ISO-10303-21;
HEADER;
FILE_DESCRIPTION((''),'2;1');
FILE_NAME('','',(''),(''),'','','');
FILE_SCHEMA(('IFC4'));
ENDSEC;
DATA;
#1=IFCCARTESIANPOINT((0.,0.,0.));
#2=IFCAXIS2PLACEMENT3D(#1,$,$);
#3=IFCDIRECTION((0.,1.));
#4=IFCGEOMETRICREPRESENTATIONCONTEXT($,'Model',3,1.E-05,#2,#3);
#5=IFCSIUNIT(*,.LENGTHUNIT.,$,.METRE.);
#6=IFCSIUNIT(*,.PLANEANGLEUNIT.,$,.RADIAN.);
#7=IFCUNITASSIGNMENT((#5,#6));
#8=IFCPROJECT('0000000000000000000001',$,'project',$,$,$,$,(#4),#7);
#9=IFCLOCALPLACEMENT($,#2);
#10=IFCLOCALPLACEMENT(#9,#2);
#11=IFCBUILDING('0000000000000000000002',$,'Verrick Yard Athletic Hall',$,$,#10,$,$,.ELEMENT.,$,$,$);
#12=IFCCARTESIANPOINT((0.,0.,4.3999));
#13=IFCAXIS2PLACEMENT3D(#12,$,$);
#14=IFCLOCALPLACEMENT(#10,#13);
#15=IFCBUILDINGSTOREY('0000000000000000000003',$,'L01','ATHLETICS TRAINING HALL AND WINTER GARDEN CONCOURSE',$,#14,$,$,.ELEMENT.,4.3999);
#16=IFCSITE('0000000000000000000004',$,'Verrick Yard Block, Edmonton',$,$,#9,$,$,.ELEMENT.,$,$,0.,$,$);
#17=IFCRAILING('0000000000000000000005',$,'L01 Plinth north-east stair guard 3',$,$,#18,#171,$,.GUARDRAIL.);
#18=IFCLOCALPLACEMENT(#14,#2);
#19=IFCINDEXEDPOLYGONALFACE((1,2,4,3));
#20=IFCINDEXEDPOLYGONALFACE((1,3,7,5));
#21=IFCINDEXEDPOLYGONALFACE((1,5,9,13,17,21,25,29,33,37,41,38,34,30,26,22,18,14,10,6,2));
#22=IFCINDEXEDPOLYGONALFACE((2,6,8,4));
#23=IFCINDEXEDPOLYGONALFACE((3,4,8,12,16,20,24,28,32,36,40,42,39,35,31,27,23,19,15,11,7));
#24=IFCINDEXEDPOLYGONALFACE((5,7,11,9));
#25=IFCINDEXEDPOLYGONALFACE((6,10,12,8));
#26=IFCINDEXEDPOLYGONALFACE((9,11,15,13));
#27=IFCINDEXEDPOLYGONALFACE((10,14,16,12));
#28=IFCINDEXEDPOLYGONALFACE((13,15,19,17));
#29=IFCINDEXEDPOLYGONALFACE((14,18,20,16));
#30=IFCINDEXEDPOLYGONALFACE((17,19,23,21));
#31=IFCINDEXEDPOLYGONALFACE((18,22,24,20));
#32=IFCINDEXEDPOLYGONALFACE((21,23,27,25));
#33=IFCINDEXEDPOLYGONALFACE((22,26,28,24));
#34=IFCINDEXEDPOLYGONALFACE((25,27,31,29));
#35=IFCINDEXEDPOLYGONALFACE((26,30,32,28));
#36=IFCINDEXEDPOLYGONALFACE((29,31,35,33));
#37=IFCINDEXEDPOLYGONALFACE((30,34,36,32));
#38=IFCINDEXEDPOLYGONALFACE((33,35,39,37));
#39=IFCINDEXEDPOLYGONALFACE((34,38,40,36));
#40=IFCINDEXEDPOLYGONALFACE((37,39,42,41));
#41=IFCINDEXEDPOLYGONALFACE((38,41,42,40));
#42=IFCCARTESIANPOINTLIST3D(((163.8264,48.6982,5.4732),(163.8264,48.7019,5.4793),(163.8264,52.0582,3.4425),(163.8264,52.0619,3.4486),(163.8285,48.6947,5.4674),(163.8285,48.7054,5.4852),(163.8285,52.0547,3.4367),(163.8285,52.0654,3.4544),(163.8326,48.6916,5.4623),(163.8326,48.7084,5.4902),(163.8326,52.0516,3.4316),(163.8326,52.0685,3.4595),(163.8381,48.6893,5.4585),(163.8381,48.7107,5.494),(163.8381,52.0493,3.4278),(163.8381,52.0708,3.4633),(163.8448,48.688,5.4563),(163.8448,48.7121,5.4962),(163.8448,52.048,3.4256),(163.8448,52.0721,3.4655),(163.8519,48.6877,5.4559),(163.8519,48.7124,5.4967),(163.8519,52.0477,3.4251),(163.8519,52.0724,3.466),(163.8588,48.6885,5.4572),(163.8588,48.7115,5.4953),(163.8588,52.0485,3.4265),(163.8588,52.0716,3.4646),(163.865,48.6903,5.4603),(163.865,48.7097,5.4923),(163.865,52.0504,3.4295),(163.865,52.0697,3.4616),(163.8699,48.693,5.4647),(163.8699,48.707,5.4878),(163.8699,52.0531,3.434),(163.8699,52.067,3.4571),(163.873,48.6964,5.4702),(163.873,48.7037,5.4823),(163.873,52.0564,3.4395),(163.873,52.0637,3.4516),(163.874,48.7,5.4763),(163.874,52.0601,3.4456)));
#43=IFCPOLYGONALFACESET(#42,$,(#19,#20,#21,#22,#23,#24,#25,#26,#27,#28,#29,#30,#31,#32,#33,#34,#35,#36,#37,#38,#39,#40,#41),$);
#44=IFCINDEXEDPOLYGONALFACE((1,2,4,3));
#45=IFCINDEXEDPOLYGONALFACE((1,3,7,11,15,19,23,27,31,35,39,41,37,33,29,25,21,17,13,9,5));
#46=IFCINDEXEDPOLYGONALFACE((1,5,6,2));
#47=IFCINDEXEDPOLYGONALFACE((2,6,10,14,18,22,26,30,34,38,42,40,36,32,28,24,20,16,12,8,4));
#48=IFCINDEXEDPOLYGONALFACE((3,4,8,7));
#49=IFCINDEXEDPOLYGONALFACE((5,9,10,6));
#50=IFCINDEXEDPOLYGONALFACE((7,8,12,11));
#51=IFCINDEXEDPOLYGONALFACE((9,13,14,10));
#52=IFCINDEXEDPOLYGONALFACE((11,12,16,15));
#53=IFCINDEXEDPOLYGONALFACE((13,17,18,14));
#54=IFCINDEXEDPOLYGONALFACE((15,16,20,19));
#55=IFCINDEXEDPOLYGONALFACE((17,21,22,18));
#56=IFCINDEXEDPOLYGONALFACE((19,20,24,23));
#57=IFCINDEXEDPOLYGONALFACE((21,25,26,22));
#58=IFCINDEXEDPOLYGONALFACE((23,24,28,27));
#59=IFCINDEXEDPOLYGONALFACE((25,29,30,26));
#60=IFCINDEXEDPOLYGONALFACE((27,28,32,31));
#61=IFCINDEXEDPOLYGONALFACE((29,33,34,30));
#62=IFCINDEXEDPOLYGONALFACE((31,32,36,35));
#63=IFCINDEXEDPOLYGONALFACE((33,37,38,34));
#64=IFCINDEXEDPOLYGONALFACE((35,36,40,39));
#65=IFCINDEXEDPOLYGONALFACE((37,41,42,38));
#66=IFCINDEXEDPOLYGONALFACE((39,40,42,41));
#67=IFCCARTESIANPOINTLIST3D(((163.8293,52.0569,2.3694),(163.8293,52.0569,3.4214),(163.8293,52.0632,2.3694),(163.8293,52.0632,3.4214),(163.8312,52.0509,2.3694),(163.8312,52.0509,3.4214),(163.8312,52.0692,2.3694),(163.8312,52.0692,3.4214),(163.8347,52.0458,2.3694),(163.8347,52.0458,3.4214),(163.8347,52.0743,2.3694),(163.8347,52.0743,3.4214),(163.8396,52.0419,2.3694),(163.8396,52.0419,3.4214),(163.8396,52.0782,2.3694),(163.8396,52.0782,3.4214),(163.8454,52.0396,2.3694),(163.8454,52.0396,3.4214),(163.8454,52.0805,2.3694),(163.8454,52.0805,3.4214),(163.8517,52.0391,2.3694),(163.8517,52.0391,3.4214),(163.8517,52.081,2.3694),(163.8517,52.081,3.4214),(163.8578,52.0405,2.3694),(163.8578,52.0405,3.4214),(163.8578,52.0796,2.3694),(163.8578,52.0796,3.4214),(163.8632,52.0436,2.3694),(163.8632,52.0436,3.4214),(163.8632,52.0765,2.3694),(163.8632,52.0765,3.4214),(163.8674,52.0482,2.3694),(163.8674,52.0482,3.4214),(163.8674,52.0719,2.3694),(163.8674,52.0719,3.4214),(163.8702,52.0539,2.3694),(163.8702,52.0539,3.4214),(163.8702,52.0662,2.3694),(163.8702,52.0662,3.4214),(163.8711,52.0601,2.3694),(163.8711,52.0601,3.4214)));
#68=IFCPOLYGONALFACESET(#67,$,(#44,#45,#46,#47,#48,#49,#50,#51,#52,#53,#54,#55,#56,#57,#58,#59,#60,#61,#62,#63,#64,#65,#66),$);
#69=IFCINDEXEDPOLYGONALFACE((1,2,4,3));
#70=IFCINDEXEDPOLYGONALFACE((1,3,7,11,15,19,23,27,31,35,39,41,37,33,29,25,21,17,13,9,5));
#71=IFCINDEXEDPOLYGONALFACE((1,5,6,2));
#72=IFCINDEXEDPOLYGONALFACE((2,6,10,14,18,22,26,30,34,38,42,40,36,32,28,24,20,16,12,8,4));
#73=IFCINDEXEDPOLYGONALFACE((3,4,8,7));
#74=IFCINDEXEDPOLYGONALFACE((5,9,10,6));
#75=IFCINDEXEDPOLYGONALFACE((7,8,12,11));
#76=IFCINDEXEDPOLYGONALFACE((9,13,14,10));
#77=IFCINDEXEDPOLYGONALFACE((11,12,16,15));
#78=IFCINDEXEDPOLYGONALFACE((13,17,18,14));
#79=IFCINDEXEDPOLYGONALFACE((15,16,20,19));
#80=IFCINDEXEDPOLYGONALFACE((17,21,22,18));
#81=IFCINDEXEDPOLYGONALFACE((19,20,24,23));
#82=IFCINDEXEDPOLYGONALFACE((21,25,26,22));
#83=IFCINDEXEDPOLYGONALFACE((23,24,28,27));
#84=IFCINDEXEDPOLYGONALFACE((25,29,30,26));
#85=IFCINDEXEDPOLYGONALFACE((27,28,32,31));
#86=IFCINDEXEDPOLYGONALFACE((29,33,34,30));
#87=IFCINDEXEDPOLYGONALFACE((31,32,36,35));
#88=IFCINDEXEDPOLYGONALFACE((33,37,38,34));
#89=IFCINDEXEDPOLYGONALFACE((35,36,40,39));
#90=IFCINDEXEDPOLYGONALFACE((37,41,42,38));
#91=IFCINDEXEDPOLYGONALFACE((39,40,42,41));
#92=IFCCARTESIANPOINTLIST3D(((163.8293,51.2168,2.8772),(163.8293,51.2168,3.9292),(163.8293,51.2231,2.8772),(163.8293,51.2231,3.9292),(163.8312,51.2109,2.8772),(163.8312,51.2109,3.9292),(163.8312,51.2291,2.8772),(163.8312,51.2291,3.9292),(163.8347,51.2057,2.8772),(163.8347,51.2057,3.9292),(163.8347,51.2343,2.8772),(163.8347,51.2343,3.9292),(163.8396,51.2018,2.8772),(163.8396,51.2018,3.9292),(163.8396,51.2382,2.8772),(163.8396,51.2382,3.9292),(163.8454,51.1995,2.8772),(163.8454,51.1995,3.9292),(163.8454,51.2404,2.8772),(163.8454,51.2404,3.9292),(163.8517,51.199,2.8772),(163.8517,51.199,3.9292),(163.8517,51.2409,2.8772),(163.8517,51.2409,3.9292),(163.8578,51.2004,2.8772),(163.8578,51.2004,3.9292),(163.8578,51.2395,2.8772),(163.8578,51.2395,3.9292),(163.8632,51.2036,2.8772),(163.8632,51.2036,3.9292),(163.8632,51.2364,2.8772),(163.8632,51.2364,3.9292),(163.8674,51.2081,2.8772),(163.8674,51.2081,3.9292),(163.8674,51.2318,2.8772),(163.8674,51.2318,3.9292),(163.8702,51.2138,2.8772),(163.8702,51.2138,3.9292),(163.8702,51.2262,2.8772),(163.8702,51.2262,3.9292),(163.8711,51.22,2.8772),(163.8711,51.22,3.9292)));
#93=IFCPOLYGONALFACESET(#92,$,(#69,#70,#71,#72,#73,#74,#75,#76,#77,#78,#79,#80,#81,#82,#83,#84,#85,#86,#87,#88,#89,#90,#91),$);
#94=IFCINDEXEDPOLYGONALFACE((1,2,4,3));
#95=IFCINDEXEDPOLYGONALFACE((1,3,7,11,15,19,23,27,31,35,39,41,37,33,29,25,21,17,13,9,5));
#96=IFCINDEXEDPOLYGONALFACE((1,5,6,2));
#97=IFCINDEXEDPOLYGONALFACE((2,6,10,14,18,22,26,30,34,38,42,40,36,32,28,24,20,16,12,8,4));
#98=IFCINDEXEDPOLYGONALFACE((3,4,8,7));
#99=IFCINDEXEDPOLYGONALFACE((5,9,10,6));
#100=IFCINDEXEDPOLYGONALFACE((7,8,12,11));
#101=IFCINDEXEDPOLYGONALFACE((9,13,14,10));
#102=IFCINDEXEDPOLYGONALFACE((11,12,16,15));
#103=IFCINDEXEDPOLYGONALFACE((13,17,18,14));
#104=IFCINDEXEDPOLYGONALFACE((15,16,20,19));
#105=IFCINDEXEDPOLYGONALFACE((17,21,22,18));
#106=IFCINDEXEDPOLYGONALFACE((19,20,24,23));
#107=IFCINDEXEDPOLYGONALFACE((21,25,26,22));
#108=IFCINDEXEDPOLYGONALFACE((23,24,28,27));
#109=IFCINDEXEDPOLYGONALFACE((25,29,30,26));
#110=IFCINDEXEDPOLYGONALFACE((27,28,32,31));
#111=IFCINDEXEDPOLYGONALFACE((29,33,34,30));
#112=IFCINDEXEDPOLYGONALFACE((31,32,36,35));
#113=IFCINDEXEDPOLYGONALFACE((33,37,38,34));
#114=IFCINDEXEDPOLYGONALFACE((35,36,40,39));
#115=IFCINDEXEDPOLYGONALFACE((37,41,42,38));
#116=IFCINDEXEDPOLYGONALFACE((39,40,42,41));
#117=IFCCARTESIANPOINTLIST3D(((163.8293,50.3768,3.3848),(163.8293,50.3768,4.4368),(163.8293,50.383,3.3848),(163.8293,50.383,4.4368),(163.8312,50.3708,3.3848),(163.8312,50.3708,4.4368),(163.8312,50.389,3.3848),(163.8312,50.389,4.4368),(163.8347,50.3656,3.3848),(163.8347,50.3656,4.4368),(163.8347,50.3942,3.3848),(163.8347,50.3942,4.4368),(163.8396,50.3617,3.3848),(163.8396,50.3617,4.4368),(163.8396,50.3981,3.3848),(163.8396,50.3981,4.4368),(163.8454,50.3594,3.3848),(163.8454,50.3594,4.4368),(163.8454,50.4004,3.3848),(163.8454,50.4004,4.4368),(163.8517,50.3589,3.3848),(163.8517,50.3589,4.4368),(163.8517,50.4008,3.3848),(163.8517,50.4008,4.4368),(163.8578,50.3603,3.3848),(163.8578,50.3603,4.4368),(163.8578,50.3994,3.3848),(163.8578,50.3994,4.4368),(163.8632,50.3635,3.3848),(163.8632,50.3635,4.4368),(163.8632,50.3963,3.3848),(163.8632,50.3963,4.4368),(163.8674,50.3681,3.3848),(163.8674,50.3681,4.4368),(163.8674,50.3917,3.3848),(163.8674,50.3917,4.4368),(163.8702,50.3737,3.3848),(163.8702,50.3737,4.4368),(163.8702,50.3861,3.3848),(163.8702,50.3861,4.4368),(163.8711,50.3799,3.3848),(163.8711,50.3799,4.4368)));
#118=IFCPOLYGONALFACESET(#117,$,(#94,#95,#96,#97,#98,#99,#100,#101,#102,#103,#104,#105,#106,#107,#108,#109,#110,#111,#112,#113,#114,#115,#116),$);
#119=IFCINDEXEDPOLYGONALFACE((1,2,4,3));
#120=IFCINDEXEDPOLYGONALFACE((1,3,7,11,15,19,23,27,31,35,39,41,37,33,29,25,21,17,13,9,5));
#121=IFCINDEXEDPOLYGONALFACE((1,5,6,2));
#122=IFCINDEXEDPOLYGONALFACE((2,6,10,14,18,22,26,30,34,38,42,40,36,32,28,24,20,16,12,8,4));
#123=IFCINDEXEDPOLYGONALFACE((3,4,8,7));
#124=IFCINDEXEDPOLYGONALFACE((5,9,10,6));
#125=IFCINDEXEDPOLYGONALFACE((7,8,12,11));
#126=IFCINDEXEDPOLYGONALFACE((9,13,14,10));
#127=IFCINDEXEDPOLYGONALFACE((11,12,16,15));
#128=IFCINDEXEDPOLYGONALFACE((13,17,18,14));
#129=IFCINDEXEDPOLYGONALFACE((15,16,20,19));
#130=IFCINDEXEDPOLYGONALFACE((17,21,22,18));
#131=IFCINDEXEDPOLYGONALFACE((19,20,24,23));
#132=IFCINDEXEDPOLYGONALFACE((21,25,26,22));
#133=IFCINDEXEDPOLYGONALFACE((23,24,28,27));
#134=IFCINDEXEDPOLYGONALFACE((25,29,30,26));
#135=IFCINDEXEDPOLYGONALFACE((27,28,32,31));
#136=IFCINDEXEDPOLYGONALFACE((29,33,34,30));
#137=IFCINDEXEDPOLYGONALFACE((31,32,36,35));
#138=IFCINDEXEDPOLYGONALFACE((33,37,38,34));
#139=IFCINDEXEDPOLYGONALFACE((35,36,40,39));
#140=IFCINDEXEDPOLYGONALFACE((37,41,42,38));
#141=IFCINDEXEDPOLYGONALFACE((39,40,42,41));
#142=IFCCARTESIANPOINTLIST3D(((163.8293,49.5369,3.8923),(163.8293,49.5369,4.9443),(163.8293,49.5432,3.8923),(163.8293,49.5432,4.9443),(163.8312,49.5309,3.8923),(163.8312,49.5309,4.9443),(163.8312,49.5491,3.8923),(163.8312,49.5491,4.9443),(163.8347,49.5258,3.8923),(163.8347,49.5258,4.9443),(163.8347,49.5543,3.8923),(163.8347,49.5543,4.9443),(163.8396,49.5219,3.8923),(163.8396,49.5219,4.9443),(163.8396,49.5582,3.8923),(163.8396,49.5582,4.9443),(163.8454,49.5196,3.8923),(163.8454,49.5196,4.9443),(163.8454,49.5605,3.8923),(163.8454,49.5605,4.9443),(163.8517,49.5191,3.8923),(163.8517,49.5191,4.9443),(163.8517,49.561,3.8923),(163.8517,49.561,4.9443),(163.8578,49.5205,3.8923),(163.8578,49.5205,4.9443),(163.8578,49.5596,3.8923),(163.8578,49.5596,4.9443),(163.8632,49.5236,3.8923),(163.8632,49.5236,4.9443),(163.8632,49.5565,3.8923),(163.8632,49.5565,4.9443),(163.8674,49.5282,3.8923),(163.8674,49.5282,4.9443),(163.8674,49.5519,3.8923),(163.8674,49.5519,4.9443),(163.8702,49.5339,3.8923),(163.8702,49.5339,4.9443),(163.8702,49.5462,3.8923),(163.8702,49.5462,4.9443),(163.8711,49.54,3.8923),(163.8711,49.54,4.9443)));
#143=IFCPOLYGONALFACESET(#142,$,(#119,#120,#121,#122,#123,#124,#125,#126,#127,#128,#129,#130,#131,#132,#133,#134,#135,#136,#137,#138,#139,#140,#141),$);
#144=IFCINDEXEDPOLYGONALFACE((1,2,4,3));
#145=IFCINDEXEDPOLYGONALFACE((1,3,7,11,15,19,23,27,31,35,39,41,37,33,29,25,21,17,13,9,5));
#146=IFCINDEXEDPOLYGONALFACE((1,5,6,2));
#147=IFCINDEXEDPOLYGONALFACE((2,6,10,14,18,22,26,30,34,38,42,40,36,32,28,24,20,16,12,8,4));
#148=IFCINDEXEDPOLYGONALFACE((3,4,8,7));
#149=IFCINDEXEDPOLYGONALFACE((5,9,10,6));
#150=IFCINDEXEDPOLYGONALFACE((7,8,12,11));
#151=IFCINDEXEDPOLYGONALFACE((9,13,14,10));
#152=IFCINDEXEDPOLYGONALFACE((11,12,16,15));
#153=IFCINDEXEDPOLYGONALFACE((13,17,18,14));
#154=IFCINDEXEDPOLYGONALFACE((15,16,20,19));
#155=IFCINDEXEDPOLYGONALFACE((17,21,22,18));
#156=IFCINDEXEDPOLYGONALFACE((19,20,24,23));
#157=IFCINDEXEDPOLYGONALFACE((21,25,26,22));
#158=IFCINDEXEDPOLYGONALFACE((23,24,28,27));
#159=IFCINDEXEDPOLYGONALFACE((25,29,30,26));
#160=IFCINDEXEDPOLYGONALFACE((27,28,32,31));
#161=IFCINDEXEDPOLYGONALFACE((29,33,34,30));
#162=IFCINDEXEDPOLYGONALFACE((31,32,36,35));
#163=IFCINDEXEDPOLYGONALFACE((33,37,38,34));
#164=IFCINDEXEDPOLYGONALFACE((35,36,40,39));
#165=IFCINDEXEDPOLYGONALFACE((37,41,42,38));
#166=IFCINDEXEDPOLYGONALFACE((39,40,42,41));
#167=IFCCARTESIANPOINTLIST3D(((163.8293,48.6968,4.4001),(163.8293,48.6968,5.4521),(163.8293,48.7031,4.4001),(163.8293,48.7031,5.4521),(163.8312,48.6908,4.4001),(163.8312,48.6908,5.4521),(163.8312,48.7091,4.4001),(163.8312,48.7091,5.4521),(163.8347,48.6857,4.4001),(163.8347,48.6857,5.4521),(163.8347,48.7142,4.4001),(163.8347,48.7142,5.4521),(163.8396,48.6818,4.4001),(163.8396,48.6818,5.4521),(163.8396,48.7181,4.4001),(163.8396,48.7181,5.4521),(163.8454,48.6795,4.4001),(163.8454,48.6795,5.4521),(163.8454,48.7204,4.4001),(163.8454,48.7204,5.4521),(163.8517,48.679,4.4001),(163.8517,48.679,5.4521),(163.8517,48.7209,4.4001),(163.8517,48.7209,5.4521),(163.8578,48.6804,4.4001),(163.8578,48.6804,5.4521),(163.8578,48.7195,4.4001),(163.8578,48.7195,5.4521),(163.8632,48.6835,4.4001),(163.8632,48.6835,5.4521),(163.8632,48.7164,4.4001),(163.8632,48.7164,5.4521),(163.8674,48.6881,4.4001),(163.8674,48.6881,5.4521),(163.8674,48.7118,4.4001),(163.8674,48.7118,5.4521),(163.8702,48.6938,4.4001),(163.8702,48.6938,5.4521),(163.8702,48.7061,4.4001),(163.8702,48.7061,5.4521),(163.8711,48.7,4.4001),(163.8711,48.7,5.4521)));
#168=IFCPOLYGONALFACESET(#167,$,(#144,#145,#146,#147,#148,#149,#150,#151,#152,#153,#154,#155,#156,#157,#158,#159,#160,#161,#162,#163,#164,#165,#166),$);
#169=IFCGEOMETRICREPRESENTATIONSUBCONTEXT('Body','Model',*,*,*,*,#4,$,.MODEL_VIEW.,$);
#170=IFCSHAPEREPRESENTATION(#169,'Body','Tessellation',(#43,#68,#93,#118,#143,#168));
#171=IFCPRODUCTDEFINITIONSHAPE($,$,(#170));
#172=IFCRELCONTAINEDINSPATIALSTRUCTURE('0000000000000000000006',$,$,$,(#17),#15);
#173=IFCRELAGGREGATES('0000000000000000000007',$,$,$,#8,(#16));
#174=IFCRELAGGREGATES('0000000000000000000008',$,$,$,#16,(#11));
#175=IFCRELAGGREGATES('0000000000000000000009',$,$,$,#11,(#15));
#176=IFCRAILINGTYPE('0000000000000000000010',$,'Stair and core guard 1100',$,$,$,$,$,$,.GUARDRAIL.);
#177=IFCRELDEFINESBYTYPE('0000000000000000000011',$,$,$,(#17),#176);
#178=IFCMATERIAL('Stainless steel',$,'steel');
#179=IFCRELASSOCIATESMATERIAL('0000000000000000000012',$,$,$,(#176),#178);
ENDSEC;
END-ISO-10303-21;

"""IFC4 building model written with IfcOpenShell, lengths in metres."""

from ifc_helpers import new_model, si_unit, direction, frame, origin, origin_2d, place, context, subcontext, project, spatial, circle, extrude, material, type_object, element, save


model = new_model("IFC4")

# Units and contexts
model_context = context("Model", 3, precision=1e-05, world=origin(), true_north=direction((0.0, 1.0)))
body_context = subcontext(model_context, "Body", "Model", "MODEL_VIEW")
ifc_project = project(units=[si_unit("LENGTHUNIT", "METRE"), si_unit("PLANEANGLEUNIT", "RADIAN")], contexts=[model_context])

# Site, building, storey
site_placement = place(None, origin())
site = spatial("IfcSite", under=ifc_project, at=site_placement, Name="Verrick Yard Block, Edmonton", CompositionType="ELEMENT", RefElevation=0.0)
building_placement = place(site_placement, origin())
building = spatial("IfcBuilding", under=site, at=building_placement, Name="Verrick Yard Athletic Hall", CompositionType="ELEMENT")
storey_placement = place(building_placement, frame((0.0, 0.0, 4.3999)))
storey = spatial("IfcBuildingStorey", under=building, at=storey_placement, Name="L01", Description="ATHLETICS TRAINING HALL AND WINTER GARDEN CONCOURSE", CompositionType="ELEMENT", Elevation=4.3999)

# Railing
ifc_material_1 = material(Name="Stainless steel", Category="steel")
railing_type_1 = type_object("IfcRailingType", Name="Stair and core guard 1100", PredefinedType="GUARDRAIL", material=ifc_material_1)
railing_1_placement = place(storey_placement, frame((163.8501, 52.0601, 2.3694)))
element("IfcRailing", 1, at=railing_1_placement, inside=storey, type_object=railing_type_1, Name="L01 Plinth north-east stair guard 3", PredefinedType="GUARDRAIL", context=body_context, shape_type="SweptSolid", body=[
    extrude(circle(Radius=0.0239, at=origin_2d()), frame((0.0, 0.0, 1.0762), z_axis=(0.0, -0.855837, 0.517246), x_axis=(1.0, 0.0, 0.0)), (0.0, 0.0, 1.0), 3.926),
    extrude(circle(Radius=0.021, at=origin_2d()), origin(), (0.0, 0.0, 1.0), 1.052),
    extrude(circle(Radius=0.021, at=origin_2d()), frame((0.0, -0.8401, 0.5078)), (0.0, 0.0, 1.0), 1.052),
    extrude(circle(Radius=0.021, at=origin_2d()), frame((0.0, -1.6802, 1.0154)), (0.0, 0.0, 1.0), 1.052),
    extrude(circle(Radius=0.021, at=origin_2d()), frame((0.0, -2.52, 1.5229)), (0.0, 0.0, 1.0), 1.052),
    extrude(circle(Radius=0.021, at=origin_2d()), frame((0.0, -3.3601, 2.0308)), (0.0, 0.0, 1.0), 1.052),
])

save(model, "model.ifc")
